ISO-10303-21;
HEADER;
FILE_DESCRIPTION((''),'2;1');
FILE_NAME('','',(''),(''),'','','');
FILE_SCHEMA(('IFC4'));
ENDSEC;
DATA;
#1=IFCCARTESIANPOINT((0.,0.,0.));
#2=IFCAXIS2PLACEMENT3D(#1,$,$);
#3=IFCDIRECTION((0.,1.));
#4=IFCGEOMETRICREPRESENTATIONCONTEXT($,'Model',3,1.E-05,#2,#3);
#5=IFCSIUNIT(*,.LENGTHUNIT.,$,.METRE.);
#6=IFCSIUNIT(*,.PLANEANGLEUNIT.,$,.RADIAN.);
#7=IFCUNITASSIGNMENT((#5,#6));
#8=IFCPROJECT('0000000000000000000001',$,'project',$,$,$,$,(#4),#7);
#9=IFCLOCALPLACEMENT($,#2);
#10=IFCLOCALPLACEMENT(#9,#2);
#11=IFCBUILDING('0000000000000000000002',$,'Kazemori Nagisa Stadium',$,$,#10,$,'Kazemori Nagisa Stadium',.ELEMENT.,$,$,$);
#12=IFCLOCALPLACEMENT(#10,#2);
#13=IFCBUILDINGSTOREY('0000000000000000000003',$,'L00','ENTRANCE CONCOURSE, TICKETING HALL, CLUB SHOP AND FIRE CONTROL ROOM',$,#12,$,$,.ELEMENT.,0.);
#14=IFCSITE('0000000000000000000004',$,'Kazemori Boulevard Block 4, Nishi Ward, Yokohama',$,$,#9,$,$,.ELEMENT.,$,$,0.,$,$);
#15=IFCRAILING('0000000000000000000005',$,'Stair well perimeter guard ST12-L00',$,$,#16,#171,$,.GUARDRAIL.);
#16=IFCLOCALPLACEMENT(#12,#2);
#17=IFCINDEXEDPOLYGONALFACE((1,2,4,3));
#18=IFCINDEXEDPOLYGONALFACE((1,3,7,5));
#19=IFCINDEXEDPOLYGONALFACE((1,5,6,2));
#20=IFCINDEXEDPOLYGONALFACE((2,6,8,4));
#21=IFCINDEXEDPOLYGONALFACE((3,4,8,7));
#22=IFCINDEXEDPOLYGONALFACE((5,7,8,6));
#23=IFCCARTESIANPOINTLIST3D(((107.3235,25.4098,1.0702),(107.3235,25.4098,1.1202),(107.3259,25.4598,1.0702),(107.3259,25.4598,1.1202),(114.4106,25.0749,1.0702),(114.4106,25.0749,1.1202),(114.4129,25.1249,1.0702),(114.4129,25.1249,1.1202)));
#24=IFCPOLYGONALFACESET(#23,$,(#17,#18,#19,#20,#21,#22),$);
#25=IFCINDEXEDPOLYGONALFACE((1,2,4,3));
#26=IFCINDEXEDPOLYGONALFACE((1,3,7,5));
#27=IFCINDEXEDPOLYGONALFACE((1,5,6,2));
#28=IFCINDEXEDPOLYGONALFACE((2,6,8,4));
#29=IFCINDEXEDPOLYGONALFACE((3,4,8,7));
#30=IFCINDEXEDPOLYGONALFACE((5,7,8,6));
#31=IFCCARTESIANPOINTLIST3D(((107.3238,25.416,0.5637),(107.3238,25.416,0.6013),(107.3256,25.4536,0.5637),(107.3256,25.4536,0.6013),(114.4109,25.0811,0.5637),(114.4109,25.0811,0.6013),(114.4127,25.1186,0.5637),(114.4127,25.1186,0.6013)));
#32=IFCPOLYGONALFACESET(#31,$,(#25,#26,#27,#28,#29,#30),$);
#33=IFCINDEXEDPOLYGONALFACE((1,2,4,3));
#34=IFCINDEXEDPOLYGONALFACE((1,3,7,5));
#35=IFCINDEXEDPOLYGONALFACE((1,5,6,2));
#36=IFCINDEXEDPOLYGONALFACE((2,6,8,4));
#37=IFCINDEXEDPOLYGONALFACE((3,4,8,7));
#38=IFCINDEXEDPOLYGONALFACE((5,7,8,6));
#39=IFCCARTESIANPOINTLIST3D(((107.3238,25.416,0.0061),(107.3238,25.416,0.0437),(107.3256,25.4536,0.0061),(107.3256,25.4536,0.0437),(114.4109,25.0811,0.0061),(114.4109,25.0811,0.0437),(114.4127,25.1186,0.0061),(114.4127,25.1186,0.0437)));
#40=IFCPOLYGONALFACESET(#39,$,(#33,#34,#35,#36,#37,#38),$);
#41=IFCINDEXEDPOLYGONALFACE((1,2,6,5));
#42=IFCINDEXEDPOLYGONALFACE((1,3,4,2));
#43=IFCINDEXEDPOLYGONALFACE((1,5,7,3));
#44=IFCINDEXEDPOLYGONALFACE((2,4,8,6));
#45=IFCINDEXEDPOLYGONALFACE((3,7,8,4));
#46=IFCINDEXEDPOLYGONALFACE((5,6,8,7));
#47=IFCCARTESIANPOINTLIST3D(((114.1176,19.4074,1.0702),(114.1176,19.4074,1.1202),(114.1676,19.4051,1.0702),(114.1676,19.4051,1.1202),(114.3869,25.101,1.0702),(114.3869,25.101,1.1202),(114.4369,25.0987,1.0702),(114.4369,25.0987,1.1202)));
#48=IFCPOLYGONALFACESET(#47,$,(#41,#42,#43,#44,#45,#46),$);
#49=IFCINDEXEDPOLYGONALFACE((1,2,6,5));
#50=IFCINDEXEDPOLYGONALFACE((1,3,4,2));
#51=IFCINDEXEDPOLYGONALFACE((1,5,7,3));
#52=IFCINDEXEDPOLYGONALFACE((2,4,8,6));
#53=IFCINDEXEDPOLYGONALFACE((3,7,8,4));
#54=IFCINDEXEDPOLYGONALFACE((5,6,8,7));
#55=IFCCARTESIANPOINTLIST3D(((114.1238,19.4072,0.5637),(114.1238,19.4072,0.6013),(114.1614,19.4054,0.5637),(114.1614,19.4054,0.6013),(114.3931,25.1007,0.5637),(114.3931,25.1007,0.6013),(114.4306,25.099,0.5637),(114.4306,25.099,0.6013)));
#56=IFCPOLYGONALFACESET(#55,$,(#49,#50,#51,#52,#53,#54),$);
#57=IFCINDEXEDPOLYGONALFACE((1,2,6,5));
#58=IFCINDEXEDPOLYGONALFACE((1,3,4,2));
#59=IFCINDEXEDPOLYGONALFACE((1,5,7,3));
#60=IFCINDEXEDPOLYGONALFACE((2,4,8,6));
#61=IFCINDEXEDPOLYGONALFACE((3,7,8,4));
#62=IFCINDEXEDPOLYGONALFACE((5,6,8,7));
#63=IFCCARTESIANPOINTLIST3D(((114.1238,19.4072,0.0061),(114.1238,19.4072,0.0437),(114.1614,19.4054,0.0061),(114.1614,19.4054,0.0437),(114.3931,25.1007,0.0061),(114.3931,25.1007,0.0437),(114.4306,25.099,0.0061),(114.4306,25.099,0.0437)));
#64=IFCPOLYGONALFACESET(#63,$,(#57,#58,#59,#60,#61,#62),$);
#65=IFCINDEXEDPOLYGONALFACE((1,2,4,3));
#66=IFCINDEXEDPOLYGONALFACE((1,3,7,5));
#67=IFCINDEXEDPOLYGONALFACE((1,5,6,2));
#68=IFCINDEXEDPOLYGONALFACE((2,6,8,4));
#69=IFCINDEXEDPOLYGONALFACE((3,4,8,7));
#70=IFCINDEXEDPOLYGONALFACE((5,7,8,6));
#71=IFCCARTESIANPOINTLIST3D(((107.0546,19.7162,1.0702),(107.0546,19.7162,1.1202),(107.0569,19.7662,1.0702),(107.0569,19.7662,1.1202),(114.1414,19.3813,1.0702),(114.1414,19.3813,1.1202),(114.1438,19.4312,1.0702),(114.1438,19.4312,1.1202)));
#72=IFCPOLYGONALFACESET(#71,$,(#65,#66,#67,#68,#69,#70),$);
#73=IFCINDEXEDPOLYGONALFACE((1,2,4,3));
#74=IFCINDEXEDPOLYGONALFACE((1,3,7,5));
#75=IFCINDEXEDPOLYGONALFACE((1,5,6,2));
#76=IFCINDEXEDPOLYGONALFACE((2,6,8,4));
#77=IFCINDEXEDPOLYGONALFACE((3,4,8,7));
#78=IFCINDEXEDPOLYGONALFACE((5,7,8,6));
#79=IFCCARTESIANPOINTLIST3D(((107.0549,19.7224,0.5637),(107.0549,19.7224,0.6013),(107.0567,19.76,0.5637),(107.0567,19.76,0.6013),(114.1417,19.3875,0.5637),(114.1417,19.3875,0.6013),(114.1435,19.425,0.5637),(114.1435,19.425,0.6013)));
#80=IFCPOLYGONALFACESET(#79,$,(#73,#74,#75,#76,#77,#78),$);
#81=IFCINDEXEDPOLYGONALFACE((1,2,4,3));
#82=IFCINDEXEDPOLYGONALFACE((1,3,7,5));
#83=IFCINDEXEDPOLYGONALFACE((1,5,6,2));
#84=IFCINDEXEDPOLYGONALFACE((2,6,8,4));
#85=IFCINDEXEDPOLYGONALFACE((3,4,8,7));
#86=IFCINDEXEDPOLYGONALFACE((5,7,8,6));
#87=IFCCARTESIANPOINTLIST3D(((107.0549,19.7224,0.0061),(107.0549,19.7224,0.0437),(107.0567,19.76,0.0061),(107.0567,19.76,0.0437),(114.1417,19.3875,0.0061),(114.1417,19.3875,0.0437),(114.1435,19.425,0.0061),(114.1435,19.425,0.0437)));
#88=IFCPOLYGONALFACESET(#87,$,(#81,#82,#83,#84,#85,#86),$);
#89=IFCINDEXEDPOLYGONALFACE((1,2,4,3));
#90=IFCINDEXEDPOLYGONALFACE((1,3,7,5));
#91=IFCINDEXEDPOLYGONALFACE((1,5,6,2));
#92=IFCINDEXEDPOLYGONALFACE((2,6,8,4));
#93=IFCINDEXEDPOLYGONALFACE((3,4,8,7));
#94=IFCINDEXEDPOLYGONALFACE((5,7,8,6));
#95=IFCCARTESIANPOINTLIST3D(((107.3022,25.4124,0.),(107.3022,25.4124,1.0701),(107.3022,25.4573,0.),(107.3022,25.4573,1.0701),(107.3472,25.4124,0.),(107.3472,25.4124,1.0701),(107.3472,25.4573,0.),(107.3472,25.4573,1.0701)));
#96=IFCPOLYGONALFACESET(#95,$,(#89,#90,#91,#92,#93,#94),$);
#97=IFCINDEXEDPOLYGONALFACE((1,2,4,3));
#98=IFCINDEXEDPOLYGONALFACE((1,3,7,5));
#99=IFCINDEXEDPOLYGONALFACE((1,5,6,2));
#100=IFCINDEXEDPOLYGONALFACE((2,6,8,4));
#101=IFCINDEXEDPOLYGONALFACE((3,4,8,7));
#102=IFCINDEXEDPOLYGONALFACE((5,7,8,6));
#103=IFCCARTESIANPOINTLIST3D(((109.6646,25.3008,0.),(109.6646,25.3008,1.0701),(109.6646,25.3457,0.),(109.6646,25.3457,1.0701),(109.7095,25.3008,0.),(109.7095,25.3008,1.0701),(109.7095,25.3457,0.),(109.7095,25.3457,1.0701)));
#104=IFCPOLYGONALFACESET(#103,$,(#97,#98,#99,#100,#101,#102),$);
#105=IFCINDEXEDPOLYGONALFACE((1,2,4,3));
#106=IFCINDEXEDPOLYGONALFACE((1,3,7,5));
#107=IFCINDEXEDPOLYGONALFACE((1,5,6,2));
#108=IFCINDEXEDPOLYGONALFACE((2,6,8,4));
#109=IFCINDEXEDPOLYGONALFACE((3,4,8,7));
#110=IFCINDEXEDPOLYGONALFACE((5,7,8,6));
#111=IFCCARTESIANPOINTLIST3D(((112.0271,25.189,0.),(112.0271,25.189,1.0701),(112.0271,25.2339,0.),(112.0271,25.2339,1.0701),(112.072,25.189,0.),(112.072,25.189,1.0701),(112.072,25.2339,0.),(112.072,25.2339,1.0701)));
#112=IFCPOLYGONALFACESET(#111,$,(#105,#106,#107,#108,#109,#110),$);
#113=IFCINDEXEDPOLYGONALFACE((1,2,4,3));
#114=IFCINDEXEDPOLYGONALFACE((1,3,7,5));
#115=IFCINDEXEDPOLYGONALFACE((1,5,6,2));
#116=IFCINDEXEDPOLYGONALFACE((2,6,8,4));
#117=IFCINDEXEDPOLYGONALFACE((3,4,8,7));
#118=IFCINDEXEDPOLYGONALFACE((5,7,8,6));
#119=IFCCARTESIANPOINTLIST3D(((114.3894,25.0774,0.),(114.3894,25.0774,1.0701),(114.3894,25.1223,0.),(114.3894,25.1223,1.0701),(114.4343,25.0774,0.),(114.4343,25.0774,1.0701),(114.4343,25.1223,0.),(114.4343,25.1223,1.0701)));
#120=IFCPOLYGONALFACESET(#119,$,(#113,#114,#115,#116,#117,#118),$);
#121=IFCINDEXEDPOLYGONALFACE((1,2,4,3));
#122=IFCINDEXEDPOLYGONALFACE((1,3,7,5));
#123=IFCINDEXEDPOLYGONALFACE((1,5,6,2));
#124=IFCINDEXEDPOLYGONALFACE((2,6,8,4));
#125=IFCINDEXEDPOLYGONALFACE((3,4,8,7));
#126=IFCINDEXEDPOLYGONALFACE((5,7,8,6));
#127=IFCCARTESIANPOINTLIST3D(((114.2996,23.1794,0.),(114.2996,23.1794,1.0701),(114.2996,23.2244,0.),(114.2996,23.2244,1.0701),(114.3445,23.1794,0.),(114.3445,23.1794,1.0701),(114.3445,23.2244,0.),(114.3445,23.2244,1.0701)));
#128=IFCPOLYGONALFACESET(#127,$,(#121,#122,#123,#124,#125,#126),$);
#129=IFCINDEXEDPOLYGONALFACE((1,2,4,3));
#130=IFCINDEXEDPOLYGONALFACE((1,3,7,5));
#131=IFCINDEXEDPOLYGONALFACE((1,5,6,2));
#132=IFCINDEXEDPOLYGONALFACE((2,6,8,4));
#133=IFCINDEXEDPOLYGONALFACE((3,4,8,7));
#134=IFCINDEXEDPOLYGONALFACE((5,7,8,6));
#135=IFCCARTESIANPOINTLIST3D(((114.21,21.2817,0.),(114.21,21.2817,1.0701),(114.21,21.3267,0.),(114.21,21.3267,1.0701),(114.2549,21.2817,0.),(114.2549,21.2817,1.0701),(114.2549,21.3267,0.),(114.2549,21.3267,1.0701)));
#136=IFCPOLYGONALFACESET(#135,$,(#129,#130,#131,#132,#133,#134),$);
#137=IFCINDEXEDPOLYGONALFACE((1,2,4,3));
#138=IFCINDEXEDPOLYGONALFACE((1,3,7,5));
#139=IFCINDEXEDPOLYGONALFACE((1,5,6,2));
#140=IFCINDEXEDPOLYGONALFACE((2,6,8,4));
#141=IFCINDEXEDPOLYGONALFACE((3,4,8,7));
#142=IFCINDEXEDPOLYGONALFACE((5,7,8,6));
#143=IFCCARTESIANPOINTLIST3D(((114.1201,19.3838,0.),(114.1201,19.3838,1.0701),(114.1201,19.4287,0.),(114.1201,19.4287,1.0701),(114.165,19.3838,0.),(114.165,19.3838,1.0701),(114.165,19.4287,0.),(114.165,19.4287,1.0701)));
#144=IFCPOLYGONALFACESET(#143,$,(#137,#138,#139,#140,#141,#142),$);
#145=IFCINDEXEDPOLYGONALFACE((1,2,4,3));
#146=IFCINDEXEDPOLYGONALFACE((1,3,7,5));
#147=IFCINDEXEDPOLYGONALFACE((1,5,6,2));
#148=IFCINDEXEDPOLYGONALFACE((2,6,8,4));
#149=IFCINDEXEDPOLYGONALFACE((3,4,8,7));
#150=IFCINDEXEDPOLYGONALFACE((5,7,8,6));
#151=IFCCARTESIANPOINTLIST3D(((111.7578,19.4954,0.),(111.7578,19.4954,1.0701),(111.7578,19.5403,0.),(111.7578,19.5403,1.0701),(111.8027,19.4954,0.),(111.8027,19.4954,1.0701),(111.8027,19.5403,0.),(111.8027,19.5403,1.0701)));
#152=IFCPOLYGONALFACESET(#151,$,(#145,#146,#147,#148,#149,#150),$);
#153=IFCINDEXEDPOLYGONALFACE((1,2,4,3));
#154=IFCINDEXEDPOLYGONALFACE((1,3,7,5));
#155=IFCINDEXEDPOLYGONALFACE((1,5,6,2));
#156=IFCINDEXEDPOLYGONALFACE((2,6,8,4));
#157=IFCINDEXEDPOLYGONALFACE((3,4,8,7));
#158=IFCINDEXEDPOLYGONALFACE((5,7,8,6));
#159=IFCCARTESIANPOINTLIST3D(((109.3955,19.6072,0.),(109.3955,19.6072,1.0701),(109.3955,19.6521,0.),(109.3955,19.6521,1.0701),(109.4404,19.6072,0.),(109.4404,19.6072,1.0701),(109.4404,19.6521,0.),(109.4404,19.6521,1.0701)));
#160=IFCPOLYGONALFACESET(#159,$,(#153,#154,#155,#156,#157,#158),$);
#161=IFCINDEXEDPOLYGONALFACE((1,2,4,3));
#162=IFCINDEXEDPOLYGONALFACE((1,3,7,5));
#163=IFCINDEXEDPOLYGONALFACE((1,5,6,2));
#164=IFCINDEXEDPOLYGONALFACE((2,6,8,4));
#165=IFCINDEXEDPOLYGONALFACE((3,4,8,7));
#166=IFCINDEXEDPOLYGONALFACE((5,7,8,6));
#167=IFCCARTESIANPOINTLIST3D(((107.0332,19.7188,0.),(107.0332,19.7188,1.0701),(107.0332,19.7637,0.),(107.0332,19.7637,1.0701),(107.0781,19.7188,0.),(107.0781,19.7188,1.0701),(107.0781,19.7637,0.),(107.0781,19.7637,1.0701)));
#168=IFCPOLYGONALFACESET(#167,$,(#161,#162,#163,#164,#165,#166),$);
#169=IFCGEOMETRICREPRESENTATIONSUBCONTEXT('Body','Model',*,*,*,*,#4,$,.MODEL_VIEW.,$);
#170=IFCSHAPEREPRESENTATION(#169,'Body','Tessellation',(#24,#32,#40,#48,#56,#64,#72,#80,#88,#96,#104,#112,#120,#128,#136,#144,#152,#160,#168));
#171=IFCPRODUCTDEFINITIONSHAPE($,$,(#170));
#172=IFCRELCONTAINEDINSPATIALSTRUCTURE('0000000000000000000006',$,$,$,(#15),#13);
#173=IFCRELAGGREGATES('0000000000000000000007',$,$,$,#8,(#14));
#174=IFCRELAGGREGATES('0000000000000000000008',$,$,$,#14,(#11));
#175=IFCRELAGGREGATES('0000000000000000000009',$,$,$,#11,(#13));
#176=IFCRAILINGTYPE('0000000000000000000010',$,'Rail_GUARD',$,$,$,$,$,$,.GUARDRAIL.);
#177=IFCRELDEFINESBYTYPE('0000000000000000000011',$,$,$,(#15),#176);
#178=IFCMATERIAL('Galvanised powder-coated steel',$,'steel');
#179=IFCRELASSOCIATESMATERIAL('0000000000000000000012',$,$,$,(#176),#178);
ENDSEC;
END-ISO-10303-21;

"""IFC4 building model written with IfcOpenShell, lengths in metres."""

from ifc_helpers import new_model, si_unit, direction, frame, origin, origin_2d, place, context, subcontext, project, spatial, rectangle, extrude, material, type_object, element, save


model = new_model("IFC4")

# Units and contexts
model_context = context("Model", 3, precision=1e-05, world=origin(), true_north=direction((0.0, 1.0)))
body_context = subcontext(model_context, "Body", "Model", "MODEL_VIEW")
ifc_project = project(units=[si_unit("LENGTHUNIT", "METRE"), si_unit("PLANEANGLEUNIT", "RADIAN")], contexts=[model_context])

# Site, building, storey
site_placement = place(None, origin())
site = spatial("IfcSite", under=ifc_project, at=site_placement, Name="Kazemori Boulevard Block 4, Nishi Ward, Yokohama", CompositionType="ELEMENT", RefElevation=0.0)
building_placement = place(site_placement, origin())
building = spatial("IfcBuilding", under=site, at=building_placement, Name="Kazemori Nagisa Stadium", LongName="Kazemori Nagisa Stadium", CompositionType="ELEMENT")
storey_placement = place(building_placement, origin())
storey = spatial("IfcBuildingStorey", under=building, at=storey_placement, Name="L00", Description="ENTRANCE CONCOURSE, TICKETING HALL, CLUB SHOP AND FIRE CONTROL ROOM", CompositionType="ELEMENT", Elevation=0.0)

# Railing
ifc_material_1 = material(Name="Galvanised powder-coated steel", Category="steel")
railing_type_1 = type_object("IfcRailingType", Name="Rail_GUARD", PredefinedType="GUARDRAIL", material=ifc_material_1)
railing_1_placement = place(storey_placement, frame((107.3247, 25.4348, 0.0)))
element("IfcRailing", 1, at=railing_1_placement, inside=storey, type_object=railing_type_1, Name="Stair well perimeter guard ST12-L00", PredefinedType="GUARDRAIL", context=body_context, shape_type="SweptSolid", body=[
    extrude(rectangle(XDim=0.05, YDim=0.05, at=origin_2d()), frame((0.0, 0.0, 1.0952), z_axis=(0.998885, -0.04721, 0.0), x_axis=(0.04721, 0.998885, 0.0)), (0.0, 0.0, 1.0), 7.095),
    extrude(rectangle(XDim=0.0376, YDim=0.0376, at=origin_2d()), frame((0.0, 0.0, 0.5825), z_axis=(0.998885, -0.04721, 0.0), x_axis=(0.04721, 0.998885, 0.0)), (0.0, 0.0, 1.0), 7.095),
    extrude(rectangle(XDim=0.0376, YDim=0.0376, at=origin_2d()), frame((0.0, 0.0, 0.0249), z_axis=(0.998885, -0.04721, 0.0), x_axis=(0.04721, 0.998885, 0.0)), (0.0, 0.0, 1.0), 7.095),
    extrude(rectangle(XDim=0.05, YDim=0.05, at=origin_2d()), frame((7.0872, -0.335, 1.0952), z_axis=(-0.047244, -0.998883, 0.0), x_axis=(0.998883, -0.047244, 0.0)), (0.0, 0.0, 1.0), 5.7),
    extrude(rectangle(XDim=0.0376, YDim=0.0376, at=origin_2d()), frame((7.0872, -0.335, 0.5825), z_axis=(-0.047244, -0.998883, 0.0), x_axis=(0.998883, -0.047244, 0.0)), (0.0, 0.0, 1.0), 5.7),
    extrude(rectangle(XDim=0.0376, YDim=0.0376, at=origin_2d()), frame((7.0872, -0.335, 0.0249), z_axis=(-0.047244, -0.998883, 0.0), x_axis=(0.998883, -0.047244, 0.0)), (0.0, 0.0, 1.0), 5.7),
    extrude(rectangle(XDim=0.05, YDim=0.05, at=origin_2d()), frame((6.8179, -6.0286, 1.0952), z_axis=(-0.998885, 0.047212, 0.0), x_axis=(-0.047212, -0.998885, 0.0)), (0.0, 0.0, 1.0), 7.0947),
    extrude(rectangle(XDim=0.0376, YDim=0.0376, at=origin_2d()), frame((6.8179, -6.0286, 0.5825), z_axis=(-0.998885, 0.047212, 0.0), x_axis=(-0.047212, -0.998885, 0.0)), (0.0, 0.0, 1.0), 7.0947),
    extrude(rectangle(XDim=0.0376, YDim=0.0376, at=origin_2d()), frame((6.8179, -6.0286, 0.0249), z_axis=(-0.998885, 0.047212, 0.0), x_axis=(-0.047212, -0.998885, 0.0)), (0.0, 0.0, 1.0), 7.0947),
    extrude(rectangle(XDim=0.0449, YDim=0.0449, at=origin_2d()), origin(), (0.0, 0.0, 1.0), 1.0701),
    extrude(rectangle(XDim=0.0449, YDim=0.0449, at=origin_2d()), frame((2.3623, -0.1116, 0.0)), (0.0, 0.0, 1.0), 1.0701),
    extrude(rectangle(XDim=0.0449, YDim=0.0449, at=origin_2d()), frame((4.7249, -0.2234, 0.0)), (0.0, 0.0, 1.0), 1.0701),
    extrude(rectangle(XDim=0.0449, YDim=0.0449, at=origin_2d()), frame((7.0872, -0.335, 0.0)), (0.0, 0.0, 1.0), 1.0701),
    extrude(rectangle(XDim=0.0449, YDim=0.0449, at=origin_2d()), frame((6.9973, -2.2329, 0.0)), (0.0, 0.0, 1.0), 1.0701),
    extrude(rectangle(XDim=0.0449, YDim=0.0449, at=origin_2d()), frame((6.9077, -4.1306, 0.0)), (0.0, 0.0, 1.0), 1.0701),
    extrude(rectangle(XDim=0.0449, YDim=0.0449, at=origin_2d()), frame((6.8179, -6.0286, 0.0)), (0.0, 0.0, 1.0), 1.0701),
    extrude(rectangle(XDim=0.0449, YDim=0.0449, at=origin_2d()), frame((4.4556, -5.917, 0.0)), (0.0, 0.0, 1.0), 1.0701),
    extrude(rectangle(XDim=0.0449, YDim=0.0449, at=origin_2d()), frame((2.0933, -5.8052, 0.0)), (0.0, 0.0, 1.0), 1.0701),
    extrude(rectangle(XDim=0.0449, YDim=0.0449, at=origin_2d()), frame((-0.269, -5.6936, 0.0)), (0.0, 0.0, 1.0), 1.0701),
])

save(model, "model.ifc")
